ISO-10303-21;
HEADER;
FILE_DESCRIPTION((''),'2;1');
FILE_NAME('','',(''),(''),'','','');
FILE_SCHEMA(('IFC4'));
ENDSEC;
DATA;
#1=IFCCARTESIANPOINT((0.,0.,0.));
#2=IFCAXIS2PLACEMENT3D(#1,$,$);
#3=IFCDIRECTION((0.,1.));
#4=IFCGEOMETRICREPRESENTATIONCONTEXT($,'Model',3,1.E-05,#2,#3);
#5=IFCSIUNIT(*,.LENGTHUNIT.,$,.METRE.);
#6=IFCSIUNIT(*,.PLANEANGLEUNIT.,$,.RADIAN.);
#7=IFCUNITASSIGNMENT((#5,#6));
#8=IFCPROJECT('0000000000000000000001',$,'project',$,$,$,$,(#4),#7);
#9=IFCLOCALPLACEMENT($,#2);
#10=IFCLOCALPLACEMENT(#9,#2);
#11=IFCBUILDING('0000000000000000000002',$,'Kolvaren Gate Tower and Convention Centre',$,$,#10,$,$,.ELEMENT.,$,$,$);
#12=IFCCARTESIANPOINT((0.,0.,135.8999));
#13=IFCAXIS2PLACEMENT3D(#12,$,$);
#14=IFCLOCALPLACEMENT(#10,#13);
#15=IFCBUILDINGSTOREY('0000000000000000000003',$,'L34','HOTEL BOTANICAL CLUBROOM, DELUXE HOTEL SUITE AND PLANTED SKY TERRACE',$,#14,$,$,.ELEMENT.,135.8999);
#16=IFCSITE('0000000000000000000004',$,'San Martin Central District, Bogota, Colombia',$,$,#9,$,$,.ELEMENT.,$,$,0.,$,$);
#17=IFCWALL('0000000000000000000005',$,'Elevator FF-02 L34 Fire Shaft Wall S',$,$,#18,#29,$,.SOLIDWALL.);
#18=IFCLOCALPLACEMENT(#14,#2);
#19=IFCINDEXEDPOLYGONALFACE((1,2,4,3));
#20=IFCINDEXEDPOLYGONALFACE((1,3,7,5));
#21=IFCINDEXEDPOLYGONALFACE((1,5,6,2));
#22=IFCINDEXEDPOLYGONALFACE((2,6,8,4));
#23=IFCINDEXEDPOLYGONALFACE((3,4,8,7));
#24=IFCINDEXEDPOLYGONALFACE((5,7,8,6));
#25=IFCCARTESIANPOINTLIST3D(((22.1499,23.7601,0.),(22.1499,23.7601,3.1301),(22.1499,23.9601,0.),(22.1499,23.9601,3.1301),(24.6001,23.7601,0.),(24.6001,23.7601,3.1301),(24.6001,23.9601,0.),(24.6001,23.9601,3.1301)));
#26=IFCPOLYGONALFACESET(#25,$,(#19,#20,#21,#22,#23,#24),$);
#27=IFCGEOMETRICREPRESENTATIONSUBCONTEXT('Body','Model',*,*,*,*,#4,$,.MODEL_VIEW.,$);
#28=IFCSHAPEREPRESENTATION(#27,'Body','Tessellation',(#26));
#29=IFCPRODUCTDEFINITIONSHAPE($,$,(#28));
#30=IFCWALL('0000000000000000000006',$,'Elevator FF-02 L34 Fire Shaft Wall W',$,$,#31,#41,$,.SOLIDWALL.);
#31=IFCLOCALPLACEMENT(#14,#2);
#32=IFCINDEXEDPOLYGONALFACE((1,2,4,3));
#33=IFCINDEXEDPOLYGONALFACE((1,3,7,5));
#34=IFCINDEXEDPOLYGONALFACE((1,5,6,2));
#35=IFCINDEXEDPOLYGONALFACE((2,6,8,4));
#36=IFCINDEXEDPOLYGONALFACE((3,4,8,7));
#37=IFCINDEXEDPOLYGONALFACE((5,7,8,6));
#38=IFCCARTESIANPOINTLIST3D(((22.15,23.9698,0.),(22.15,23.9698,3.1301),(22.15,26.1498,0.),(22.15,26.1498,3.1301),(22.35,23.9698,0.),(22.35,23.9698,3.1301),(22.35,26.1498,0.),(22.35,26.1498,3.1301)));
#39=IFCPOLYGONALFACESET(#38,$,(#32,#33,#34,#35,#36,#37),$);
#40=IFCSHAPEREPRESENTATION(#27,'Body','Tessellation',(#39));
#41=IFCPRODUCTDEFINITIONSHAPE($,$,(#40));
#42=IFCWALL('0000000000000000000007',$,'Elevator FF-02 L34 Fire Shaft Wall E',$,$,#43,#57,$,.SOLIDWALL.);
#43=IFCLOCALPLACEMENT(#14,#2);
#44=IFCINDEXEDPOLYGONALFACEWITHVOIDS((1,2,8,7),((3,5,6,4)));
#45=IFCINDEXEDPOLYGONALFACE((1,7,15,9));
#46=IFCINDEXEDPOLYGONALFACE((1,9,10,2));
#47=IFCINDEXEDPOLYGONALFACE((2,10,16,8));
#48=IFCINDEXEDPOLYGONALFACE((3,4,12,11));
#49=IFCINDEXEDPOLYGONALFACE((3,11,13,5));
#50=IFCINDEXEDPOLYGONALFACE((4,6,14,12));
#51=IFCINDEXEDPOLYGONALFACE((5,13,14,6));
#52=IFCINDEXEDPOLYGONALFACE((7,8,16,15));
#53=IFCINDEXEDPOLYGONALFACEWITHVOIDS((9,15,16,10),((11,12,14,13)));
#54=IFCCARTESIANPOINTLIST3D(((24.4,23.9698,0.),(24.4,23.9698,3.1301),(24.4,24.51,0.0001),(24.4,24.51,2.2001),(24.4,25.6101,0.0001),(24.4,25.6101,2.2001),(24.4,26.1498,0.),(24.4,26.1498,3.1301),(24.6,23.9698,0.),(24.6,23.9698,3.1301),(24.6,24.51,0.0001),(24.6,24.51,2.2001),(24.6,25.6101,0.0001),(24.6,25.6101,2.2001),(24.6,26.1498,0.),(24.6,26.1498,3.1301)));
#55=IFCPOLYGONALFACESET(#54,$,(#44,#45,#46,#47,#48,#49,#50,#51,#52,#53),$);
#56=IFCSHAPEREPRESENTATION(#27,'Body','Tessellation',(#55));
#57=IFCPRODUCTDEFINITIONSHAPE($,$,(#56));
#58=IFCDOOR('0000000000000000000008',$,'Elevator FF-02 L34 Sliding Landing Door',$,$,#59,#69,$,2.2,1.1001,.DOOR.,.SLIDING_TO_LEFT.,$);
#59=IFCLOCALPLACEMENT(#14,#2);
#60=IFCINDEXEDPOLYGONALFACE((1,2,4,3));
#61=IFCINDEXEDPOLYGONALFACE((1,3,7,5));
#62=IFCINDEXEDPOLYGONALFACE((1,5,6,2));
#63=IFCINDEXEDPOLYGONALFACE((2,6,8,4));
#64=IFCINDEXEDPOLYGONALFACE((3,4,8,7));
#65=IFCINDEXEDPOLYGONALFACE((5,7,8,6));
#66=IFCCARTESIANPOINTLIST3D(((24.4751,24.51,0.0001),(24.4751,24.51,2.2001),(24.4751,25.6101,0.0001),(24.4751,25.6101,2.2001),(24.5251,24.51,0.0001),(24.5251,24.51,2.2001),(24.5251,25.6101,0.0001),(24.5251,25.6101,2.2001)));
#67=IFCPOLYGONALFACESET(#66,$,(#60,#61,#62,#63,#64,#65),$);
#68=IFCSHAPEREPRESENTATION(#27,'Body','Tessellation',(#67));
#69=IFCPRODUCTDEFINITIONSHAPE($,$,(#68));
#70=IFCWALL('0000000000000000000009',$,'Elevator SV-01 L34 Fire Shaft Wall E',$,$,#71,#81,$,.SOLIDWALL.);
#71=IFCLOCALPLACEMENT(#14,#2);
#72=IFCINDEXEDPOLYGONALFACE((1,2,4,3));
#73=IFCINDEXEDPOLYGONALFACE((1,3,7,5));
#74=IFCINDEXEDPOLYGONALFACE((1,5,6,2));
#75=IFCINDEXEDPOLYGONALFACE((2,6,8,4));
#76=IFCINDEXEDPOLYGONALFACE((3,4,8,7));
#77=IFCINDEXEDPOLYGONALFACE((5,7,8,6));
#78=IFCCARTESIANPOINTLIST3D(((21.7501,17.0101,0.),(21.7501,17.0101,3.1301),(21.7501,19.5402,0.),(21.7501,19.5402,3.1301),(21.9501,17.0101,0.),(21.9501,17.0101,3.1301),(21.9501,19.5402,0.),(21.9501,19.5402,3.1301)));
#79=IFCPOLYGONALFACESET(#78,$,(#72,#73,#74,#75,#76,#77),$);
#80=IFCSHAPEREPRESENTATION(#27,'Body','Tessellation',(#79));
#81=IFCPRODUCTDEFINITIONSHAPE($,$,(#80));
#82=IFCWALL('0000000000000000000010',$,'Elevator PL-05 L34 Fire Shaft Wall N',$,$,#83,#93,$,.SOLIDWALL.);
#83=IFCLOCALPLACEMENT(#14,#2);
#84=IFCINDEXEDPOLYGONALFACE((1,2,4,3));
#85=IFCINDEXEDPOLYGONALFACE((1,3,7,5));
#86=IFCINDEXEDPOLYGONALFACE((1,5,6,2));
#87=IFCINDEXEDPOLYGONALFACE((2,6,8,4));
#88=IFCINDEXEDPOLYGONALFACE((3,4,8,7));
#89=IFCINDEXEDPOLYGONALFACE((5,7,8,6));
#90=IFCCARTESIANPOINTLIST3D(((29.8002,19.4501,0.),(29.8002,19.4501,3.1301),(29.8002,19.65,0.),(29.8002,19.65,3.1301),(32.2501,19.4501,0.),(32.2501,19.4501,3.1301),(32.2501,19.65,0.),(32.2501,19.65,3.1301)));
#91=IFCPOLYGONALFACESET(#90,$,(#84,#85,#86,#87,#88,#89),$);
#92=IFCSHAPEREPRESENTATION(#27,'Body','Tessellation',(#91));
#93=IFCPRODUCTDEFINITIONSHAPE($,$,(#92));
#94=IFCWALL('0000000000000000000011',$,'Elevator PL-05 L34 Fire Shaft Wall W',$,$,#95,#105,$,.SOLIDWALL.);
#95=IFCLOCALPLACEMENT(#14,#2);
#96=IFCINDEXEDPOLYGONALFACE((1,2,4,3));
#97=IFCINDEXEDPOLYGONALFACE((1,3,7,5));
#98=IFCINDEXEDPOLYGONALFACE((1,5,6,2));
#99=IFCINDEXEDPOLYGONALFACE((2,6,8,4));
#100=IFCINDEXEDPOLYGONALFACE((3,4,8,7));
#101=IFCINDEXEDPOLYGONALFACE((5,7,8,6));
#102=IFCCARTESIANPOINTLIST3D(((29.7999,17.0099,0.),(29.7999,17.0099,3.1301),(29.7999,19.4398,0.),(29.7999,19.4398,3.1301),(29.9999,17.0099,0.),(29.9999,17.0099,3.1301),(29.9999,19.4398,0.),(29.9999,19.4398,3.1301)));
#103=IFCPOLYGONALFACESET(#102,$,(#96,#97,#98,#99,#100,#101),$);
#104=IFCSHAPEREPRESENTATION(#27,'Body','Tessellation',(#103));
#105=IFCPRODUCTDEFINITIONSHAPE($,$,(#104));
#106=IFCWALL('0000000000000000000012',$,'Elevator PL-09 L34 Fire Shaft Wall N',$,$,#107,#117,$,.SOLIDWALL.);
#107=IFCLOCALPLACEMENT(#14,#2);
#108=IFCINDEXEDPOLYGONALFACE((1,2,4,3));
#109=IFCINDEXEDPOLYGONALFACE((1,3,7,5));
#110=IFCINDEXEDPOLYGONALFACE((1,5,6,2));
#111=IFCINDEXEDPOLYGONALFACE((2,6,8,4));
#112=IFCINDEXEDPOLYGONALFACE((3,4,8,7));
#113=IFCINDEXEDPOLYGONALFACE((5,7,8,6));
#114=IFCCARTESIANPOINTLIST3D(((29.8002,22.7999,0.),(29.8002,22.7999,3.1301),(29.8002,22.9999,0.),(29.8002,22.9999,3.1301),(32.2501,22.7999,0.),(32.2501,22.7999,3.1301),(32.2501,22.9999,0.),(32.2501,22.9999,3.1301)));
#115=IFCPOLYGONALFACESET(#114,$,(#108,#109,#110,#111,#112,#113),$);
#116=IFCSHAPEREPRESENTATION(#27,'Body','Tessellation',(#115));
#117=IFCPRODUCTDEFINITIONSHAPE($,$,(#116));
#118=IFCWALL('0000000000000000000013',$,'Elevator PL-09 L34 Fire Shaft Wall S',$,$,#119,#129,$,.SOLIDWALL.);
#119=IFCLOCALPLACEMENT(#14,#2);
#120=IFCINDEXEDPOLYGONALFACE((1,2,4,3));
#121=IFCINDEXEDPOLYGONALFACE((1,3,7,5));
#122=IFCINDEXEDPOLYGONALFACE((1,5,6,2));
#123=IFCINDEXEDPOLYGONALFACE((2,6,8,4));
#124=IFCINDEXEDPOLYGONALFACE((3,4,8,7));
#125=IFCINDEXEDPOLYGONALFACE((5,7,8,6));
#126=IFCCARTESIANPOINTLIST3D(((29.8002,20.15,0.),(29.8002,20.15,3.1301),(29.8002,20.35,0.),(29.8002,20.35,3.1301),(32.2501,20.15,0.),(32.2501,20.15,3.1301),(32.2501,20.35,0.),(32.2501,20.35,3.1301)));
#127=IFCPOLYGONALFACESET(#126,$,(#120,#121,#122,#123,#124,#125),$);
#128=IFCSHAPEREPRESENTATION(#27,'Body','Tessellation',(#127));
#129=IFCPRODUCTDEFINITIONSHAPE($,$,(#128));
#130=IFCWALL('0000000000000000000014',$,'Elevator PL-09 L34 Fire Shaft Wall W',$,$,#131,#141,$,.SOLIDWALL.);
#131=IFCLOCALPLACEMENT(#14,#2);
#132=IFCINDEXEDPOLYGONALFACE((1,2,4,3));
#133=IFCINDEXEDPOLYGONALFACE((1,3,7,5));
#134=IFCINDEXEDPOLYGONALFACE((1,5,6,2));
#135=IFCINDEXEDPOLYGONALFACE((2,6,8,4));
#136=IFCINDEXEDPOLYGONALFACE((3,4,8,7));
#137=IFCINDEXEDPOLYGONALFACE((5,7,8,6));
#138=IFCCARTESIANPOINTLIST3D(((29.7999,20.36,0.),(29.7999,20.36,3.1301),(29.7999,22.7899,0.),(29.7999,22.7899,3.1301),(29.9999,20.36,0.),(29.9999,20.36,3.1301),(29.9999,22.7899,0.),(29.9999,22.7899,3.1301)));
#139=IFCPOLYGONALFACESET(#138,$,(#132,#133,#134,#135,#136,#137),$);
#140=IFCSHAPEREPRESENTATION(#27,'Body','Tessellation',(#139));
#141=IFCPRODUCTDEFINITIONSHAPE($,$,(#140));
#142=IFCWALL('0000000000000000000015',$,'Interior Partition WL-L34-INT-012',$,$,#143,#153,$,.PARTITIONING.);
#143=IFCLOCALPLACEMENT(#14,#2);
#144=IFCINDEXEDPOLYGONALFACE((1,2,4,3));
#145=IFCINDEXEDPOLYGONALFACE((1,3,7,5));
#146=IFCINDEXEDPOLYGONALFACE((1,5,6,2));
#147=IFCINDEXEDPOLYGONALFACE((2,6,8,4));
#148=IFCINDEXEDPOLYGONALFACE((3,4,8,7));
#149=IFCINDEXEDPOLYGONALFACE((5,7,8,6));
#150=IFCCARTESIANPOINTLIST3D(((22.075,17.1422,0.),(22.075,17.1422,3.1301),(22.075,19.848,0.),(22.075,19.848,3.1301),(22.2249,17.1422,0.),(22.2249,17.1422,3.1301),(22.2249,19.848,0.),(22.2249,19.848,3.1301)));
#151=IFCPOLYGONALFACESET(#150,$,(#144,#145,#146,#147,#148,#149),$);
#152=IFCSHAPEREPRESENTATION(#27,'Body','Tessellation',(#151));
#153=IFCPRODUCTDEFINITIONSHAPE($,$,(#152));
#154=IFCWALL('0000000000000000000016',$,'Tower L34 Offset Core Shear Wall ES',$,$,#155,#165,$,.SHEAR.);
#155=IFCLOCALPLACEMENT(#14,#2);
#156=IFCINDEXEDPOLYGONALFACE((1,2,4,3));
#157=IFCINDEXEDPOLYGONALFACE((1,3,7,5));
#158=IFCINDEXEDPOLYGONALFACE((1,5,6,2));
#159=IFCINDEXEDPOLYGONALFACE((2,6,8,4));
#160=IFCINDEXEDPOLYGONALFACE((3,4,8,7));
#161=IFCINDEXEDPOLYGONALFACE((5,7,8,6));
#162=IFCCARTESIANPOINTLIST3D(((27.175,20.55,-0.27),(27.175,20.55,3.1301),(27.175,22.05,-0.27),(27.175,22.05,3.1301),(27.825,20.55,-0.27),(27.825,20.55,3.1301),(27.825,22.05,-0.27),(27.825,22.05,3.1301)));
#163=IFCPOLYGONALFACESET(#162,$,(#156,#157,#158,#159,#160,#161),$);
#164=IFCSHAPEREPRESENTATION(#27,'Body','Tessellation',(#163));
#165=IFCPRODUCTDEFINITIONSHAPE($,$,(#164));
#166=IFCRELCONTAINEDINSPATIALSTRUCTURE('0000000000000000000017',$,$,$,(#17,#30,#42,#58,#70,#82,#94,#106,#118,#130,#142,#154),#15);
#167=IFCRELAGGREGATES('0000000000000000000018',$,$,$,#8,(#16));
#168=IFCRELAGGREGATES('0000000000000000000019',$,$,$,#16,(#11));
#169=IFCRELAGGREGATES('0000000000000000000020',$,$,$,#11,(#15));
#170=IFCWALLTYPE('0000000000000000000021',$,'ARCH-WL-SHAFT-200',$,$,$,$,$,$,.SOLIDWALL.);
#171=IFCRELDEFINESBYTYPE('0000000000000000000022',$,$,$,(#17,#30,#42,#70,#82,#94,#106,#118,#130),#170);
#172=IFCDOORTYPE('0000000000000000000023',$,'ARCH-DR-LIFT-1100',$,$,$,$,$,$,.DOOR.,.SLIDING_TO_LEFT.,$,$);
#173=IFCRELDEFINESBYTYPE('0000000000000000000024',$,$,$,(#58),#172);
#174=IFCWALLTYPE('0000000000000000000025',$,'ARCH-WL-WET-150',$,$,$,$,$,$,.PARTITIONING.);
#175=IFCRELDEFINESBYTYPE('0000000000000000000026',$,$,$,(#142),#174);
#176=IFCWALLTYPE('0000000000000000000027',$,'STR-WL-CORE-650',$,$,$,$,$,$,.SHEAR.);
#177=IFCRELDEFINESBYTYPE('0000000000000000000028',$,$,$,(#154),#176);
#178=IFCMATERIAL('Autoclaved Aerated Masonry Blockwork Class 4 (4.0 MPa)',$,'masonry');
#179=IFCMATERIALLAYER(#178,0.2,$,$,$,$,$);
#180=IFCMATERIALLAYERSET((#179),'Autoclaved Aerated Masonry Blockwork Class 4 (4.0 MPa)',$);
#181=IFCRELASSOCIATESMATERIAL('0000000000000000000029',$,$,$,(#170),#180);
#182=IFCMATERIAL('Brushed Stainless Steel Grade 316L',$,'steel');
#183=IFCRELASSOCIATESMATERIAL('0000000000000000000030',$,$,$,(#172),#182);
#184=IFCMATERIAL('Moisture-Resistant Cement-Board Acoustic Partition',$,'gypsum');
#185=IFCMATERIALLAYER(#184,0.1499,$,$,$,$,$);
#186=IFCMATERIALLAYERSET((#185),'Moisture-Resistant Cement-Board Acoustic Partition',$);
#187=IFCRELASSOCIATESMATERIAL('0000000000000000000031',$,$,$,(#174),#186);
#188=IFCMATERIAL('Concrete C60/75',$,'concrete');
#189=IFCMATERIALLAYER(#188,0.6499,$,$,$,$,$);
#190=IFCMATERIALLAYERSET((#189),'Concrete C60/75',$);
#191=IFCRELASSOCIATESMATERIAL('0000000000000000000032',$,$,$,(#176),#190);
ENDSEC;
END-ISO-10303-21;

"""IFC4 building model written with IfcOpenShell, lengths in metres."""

from ifc_helpers import new_model, si_unit, direction, frame, frame_2d, origin, place, context, subcontext, project, spatial, rectangle, extrude, material, layer, layer_set, type_object, element, fill, save


model = new_model("IFC4")

# Units and contexts
model_context = context("Model", 3, precision=1e-05, world=origin(), true_north=direction((0.0, 1.0)))
body_context = subcontext(model_context, "Body", "Model", "MODEL_VIEW")
ifc_project = project(units=[si_unit("LENGTHUNIT", "METRE"), si_unit("PLANEANGLEUNIT", "RADIAN")], contexts=[model_context])

# Site, building, storey
site_placement = place(None, origin())
site = spatial("IfcSite", under=ifc_project, at=site_placement, Name="San Martin Central District, Bogota, Colombia", CompositionType="ELEMENT", RefElevation=0.0)
building_placement = place(site_placement, origin())
building = spatial("IfcBuilding", under=site, at=building_placement, Name="Kolvaren Gate Tower and Convention Centre", CompositionType="ELEMENT")
storey_placement = place(building_placement, frame((0.0, 0.0, 135.8999)))
storey = spatial("IfcBuildingStorey", under=building, at=storey_placement, Name="L34", Description="HOTEL BOTANICAL CLUBROOM, DELUXE HOTEL SUITE AND PLANTED SKY TERRACE", CompositionType="ELEMENT", Elevation=135.8999)

# Shared definitions
ifc_material_1 = material(Name="Autoclaved Aerated Masonry Blockwork Class 4 (4.0 MPa)", Category="masonry")

# Walls
ifc_layer_1 = layer(ifc_material_1, 0.2)
ifc_layer_set_1 = layer_set([ifc_layer_1], Name="Autoclaved Aerated Masonry Blockwork Class 4 (4.0 MPa)")
wall_type_1 = type_object("IfcWallType", Name="ARCH-WL-SHAFT-200", PredefinedType="SOLIDWALL", material=ifc_layer_set_1)
wall_1_placement = place(storey_placement, frame((22.1499, 23.8601, 0.0), z_axis=(0.0, 0.0, 1.0), x_axis=(1.0, 0.0, 0.0)))
element("IfcWall", 1, at=wall_1_placement, inside=storey, type_object=wall_type_1, Name="Elevator FF-02 L34 Fire Shaft Wall S", PredefinedType="SOLIDWALL", context=body_context, shape_type="SweptSolid", body=[
    extrude(rectangle(XDim=2.4502, YDim=0.2, at=frame_2d((1.2251, 0.0))), origin(), (0.0, 0.0, 1.0), 3.1301),
])
wall_2_placement = place(storey_placement, frame((22.25, 23.97, 0.0), z_axis=(0.0, 0.0, 1.0), x_axis=(0.0, 1.0, 0.0)))
element("IfcWall", 2, at=wall_2_placement, inside=storey, type_object=wall_type_1, Name="Elevator FF-02 L34 Fire Shaft Wall W", PredefinedType="SOLIDWALL", context=body_context, shape_type="SweptSolid", body=[
    extrude(rectangle(XDim=2.1799, YDim=0.2, at=frame_2d((1.0898, 0.0))), origin(), (0.0, 0.0, 1.0), 3.1301),
])

# Wall, opening, door
wall_3_placement = place(storey_placement, frame((24.5, 23.97, 0.0), z_axis=(0.0, 0.0, 1.0), x_axis=(0.0, 1.0, 0.0)))
wall_3 = element("IfcWall", 3, at=wall_3_placement, inside=storey, type_object=wall_type_1, Name="Elevator FF-02 L34 Fire Shaft Wall E", PredefinedType="SOLIDWALL", context=body_context, shape_type="SweptSolid", body=[
    extrude(rectangle(XDim=2.1799, YDim=0.2, at=frame_2d((1.0898, 0.0))), origin(), (0.0, 0.0, 1.0), 3.1301),
])
opening_1_placement = place(wall_3_placement, frame((0.54, 0.0, 0.0)))
opening_1 = element("IfcOpeningElement", 4, at=opening_1_placement, cuts=wall_3, PredefinedType="OPENING", context=body_context, shape_type="SweptSolid", body=[
    extrude(rectangle(XDim=1.1001, YDim=2.2, at=frame_2d((0.55, 1.1001))), frame((0.0, 0.1099, 0.0), z_axis=(0.0, -1.0, 0.0), x_axis=(1.0, 0.0, 0.0)), (0.0, 0.0, 1.0), 0.22),
])
ifc_material_2 = material(Name="Brushed Stainless Steel Grade 316L", Category="steel")
door_type_1 = type_object("IfcDoorType", Name="ARCH-DR-LIFT-1100", OperationType="SLIDING_TO_LEFT", PredefinedType="DOOR", material=ifc_material_2)
door_1_placement = place(opening_1_placement, origin())
door_1 = element("IfcDoor", 5, at=door_1_placement, inside=storey, type_object=door_type_1, Name="Elevator FF-02 L34 Sliding Landing Door", OperationType="SLIDING_TO_LEFT", OverallHeight=2.2, OverallWidth=1.1001, PredefinedType="DOOR", context=body_context, shape_type="SweptSolid", body=[
    extrude(rectangle(XDim=1.1001, YDim=2.2, at=frame_2d((0.55, 1.1001))), frame((0.0, 0.0249, 0.0), z_axis=(0.0, -1.0, 0.0), x_axis=(1.0, 0.0, 0.0)), (0.0, 0.0, 1.0), 0.05),
])
fill(opening_1, door_1)

# Walls
wall_4_placement = place(storey_placement, frame((21.8501, 17.01, 0.0), z_axis=(0.0, 0.0, 1.0), x_axis=(0.0, 1.0, 0.0)))
element("IfcWall", 6, at=wall_4_placement, inside=storey, type_object=wall_type_1, Name="Elevator SV-01 L34 Fire Shaft Wall E", PredefinedType="SOLIDWALL", context=body_context, shape_type="SweptSolid", body=[
    extrude(rectangle(XDim=2.53, YDim=0.2, at=frame_2d((1.2651, 0.0))), origin(), (0.0, 0.0, 1.0), 3.1301),
])
wall_5_placement = place(storey_placement, frame((29.8, 19.55, 0.0), z_axis=(0.0, 0.0, 1.0), x_axis=(1.0, 0.0, 0.0)))
element("IfcWall", 7, at=wall_5_placement, inside=storey, type_object=wall_type_1, Name="Elevator PL-05 L34 Fire Shaft Wall N", PredefinedType="SOLIDWALL", context=body_context, shape_type="SweptSolid", body=[
    extrude(rectangle(XDim=2.45, YDim=0.2, at=frame_2d((1.2251, 0.0))), origin(), (0.0, 0.0, 1.0), 3.1301),
])
wall_6_placement = place(storey_placement, frame((29.8999, 17.01, 0.0), z_axis=(0.0, 0.0, 1.0), x_axis=(0.0, 1.0, 0.0)))
element("IfcWall", 8, at=wall_6_placement, inside=storey, type_object=wall_type_1, Name="Elevator PL-05 L34 Fire Shaft Wall W", PredefinedType="SOLIDWALL", context=body_context, shape_type="SweptSolid", body=[
    extrude(rectangle(XDim=2.4299, YDim=0.2, at=frame_2d((1.2148, 0.0))), origin(), (0.0, 0.0, 1.0), 3.1301),
])
for number, where, z_axis, x_axis, name in (
    (9, (29.8, 22.8999, 0.0), (0.0, 0.0, 1.0), (1.0, 0.0, 0.0), "Elevator PL-09 L34 Fire Shaft Wall N"),
    (10, (29.8, 20.25, 0.0), (0.0, 0.0, 1.0), (1.0, 0.0, 0.0), "Elevator PL-09 L34 Fire Shaft Wall S"),
):
    element("IfcWall", number, at=place(storey_placement, frame(where, z_axis=z_axis, x_axis=x_axis)), inside=storey, type_object=wall_type_1, Name=name, PredefinedType="SOLIDWALL", context=body_context, shape_type="SweptSolid", body=[
        extrude(rectangle(XDim=2.45, YDim=0.2, at=frame_2d((1.2251, 0.0))), origin(), (0.0, 0.0, 1.0), 3.1301),
    ])
wall_7_placement = place(storey_placement, frame((29.8999, 20.3601, 0.0), z_axis=(0.0, 0.0, 1.0), x_axis=(0.0, 1.0, 0.0)))
element("IfcWall", 11, at=wall_7_placement, inside=storey, type_object=wall_type_1, Name="Elevator PL-09 L34 Fire Shaft Wall W", PredefinedType="SOLIDWALL", context=body_context, shape_type="SweptSolid", body=[
    extrude(rectangle(XDim=2.4299, YDim=0.2, at=frame_2d((1.2148, 0.0))), origin(), (0.0, 0.0, 1.0), 3.1301),
])
ifc_material_3 = material(Name="Moisture-Resistant Cement-Board Acoustic Partition", Category="gypsum")
ifc_layer_2 = layer(ifc_material_3, 0.1499)
ifc_layer_set_2 = layer_set([ifc_layer_2], Name="Moisture-Resistant Cement-Board Acoustic Partition")
wall_type_2 = type_object("IfcWallType", Name="ARCH-WL-WET-150", PredefinedType="PARTITIONING", material=ifc_layer_set_2)
wall_8_placement = place(storey_placement, frame((22.1499, 17.1421, 0.0), z_axis=(0.0, 0.0, 1.0), x_axis=(0.0, 1.0, 0.0)))
element("IfcWall", 12, at=wall_8_placement, inside=storey, type_object=wall_type_2, Name="Interior Partition WL-L34-INT-012", PredefinedType="PARTITIONING", context=body_context, shape_type="SweptSolid", body=[
    extrude(rectangle(XDim=2.7058, YDim=0.1499, at=frame_2d((1.353, 0.0))), origin(), (0.0, 0.0, 1.0), 3.1301),
])
ifc_material_4 = material(Name="Concrete C60/75", Category="concrete")
ifc_layer_3 = layer(ifc_material_4, 0.6499)
ifc_layer_set_3 = layer_set([ifc_layer_3], Name="Concrete C60/75")
wall_type_3 = type_object("IfcWallType", Name="STR-WL-CORE-650", PredefinedType="SHEAR", material=ifc_layer_set_3)
wall_9_placement = place(storey_placement, frame((27.5, 20.55, -0.27), z_axis=(0.0, 0.0, 1.0), x_axis=(0.0, 1.0, 0.0)))
element("IfcWall", 13, at=wall_9_placement, inside=storey, type_object=wall_type_3, Name="Tower L34 Offset Core Shear Wall ES", PredefinedType="SHEAR", context=body_context, shape_type="SweptSolid", body=[
    extrude(rectangle(XDim=1.5, YDim=0.6499, at=frame_2d((0.75, 0.0))), origin(), (0.0, 0.0, 1.0), 3.4001),
])

save(model, "model.ifc")
